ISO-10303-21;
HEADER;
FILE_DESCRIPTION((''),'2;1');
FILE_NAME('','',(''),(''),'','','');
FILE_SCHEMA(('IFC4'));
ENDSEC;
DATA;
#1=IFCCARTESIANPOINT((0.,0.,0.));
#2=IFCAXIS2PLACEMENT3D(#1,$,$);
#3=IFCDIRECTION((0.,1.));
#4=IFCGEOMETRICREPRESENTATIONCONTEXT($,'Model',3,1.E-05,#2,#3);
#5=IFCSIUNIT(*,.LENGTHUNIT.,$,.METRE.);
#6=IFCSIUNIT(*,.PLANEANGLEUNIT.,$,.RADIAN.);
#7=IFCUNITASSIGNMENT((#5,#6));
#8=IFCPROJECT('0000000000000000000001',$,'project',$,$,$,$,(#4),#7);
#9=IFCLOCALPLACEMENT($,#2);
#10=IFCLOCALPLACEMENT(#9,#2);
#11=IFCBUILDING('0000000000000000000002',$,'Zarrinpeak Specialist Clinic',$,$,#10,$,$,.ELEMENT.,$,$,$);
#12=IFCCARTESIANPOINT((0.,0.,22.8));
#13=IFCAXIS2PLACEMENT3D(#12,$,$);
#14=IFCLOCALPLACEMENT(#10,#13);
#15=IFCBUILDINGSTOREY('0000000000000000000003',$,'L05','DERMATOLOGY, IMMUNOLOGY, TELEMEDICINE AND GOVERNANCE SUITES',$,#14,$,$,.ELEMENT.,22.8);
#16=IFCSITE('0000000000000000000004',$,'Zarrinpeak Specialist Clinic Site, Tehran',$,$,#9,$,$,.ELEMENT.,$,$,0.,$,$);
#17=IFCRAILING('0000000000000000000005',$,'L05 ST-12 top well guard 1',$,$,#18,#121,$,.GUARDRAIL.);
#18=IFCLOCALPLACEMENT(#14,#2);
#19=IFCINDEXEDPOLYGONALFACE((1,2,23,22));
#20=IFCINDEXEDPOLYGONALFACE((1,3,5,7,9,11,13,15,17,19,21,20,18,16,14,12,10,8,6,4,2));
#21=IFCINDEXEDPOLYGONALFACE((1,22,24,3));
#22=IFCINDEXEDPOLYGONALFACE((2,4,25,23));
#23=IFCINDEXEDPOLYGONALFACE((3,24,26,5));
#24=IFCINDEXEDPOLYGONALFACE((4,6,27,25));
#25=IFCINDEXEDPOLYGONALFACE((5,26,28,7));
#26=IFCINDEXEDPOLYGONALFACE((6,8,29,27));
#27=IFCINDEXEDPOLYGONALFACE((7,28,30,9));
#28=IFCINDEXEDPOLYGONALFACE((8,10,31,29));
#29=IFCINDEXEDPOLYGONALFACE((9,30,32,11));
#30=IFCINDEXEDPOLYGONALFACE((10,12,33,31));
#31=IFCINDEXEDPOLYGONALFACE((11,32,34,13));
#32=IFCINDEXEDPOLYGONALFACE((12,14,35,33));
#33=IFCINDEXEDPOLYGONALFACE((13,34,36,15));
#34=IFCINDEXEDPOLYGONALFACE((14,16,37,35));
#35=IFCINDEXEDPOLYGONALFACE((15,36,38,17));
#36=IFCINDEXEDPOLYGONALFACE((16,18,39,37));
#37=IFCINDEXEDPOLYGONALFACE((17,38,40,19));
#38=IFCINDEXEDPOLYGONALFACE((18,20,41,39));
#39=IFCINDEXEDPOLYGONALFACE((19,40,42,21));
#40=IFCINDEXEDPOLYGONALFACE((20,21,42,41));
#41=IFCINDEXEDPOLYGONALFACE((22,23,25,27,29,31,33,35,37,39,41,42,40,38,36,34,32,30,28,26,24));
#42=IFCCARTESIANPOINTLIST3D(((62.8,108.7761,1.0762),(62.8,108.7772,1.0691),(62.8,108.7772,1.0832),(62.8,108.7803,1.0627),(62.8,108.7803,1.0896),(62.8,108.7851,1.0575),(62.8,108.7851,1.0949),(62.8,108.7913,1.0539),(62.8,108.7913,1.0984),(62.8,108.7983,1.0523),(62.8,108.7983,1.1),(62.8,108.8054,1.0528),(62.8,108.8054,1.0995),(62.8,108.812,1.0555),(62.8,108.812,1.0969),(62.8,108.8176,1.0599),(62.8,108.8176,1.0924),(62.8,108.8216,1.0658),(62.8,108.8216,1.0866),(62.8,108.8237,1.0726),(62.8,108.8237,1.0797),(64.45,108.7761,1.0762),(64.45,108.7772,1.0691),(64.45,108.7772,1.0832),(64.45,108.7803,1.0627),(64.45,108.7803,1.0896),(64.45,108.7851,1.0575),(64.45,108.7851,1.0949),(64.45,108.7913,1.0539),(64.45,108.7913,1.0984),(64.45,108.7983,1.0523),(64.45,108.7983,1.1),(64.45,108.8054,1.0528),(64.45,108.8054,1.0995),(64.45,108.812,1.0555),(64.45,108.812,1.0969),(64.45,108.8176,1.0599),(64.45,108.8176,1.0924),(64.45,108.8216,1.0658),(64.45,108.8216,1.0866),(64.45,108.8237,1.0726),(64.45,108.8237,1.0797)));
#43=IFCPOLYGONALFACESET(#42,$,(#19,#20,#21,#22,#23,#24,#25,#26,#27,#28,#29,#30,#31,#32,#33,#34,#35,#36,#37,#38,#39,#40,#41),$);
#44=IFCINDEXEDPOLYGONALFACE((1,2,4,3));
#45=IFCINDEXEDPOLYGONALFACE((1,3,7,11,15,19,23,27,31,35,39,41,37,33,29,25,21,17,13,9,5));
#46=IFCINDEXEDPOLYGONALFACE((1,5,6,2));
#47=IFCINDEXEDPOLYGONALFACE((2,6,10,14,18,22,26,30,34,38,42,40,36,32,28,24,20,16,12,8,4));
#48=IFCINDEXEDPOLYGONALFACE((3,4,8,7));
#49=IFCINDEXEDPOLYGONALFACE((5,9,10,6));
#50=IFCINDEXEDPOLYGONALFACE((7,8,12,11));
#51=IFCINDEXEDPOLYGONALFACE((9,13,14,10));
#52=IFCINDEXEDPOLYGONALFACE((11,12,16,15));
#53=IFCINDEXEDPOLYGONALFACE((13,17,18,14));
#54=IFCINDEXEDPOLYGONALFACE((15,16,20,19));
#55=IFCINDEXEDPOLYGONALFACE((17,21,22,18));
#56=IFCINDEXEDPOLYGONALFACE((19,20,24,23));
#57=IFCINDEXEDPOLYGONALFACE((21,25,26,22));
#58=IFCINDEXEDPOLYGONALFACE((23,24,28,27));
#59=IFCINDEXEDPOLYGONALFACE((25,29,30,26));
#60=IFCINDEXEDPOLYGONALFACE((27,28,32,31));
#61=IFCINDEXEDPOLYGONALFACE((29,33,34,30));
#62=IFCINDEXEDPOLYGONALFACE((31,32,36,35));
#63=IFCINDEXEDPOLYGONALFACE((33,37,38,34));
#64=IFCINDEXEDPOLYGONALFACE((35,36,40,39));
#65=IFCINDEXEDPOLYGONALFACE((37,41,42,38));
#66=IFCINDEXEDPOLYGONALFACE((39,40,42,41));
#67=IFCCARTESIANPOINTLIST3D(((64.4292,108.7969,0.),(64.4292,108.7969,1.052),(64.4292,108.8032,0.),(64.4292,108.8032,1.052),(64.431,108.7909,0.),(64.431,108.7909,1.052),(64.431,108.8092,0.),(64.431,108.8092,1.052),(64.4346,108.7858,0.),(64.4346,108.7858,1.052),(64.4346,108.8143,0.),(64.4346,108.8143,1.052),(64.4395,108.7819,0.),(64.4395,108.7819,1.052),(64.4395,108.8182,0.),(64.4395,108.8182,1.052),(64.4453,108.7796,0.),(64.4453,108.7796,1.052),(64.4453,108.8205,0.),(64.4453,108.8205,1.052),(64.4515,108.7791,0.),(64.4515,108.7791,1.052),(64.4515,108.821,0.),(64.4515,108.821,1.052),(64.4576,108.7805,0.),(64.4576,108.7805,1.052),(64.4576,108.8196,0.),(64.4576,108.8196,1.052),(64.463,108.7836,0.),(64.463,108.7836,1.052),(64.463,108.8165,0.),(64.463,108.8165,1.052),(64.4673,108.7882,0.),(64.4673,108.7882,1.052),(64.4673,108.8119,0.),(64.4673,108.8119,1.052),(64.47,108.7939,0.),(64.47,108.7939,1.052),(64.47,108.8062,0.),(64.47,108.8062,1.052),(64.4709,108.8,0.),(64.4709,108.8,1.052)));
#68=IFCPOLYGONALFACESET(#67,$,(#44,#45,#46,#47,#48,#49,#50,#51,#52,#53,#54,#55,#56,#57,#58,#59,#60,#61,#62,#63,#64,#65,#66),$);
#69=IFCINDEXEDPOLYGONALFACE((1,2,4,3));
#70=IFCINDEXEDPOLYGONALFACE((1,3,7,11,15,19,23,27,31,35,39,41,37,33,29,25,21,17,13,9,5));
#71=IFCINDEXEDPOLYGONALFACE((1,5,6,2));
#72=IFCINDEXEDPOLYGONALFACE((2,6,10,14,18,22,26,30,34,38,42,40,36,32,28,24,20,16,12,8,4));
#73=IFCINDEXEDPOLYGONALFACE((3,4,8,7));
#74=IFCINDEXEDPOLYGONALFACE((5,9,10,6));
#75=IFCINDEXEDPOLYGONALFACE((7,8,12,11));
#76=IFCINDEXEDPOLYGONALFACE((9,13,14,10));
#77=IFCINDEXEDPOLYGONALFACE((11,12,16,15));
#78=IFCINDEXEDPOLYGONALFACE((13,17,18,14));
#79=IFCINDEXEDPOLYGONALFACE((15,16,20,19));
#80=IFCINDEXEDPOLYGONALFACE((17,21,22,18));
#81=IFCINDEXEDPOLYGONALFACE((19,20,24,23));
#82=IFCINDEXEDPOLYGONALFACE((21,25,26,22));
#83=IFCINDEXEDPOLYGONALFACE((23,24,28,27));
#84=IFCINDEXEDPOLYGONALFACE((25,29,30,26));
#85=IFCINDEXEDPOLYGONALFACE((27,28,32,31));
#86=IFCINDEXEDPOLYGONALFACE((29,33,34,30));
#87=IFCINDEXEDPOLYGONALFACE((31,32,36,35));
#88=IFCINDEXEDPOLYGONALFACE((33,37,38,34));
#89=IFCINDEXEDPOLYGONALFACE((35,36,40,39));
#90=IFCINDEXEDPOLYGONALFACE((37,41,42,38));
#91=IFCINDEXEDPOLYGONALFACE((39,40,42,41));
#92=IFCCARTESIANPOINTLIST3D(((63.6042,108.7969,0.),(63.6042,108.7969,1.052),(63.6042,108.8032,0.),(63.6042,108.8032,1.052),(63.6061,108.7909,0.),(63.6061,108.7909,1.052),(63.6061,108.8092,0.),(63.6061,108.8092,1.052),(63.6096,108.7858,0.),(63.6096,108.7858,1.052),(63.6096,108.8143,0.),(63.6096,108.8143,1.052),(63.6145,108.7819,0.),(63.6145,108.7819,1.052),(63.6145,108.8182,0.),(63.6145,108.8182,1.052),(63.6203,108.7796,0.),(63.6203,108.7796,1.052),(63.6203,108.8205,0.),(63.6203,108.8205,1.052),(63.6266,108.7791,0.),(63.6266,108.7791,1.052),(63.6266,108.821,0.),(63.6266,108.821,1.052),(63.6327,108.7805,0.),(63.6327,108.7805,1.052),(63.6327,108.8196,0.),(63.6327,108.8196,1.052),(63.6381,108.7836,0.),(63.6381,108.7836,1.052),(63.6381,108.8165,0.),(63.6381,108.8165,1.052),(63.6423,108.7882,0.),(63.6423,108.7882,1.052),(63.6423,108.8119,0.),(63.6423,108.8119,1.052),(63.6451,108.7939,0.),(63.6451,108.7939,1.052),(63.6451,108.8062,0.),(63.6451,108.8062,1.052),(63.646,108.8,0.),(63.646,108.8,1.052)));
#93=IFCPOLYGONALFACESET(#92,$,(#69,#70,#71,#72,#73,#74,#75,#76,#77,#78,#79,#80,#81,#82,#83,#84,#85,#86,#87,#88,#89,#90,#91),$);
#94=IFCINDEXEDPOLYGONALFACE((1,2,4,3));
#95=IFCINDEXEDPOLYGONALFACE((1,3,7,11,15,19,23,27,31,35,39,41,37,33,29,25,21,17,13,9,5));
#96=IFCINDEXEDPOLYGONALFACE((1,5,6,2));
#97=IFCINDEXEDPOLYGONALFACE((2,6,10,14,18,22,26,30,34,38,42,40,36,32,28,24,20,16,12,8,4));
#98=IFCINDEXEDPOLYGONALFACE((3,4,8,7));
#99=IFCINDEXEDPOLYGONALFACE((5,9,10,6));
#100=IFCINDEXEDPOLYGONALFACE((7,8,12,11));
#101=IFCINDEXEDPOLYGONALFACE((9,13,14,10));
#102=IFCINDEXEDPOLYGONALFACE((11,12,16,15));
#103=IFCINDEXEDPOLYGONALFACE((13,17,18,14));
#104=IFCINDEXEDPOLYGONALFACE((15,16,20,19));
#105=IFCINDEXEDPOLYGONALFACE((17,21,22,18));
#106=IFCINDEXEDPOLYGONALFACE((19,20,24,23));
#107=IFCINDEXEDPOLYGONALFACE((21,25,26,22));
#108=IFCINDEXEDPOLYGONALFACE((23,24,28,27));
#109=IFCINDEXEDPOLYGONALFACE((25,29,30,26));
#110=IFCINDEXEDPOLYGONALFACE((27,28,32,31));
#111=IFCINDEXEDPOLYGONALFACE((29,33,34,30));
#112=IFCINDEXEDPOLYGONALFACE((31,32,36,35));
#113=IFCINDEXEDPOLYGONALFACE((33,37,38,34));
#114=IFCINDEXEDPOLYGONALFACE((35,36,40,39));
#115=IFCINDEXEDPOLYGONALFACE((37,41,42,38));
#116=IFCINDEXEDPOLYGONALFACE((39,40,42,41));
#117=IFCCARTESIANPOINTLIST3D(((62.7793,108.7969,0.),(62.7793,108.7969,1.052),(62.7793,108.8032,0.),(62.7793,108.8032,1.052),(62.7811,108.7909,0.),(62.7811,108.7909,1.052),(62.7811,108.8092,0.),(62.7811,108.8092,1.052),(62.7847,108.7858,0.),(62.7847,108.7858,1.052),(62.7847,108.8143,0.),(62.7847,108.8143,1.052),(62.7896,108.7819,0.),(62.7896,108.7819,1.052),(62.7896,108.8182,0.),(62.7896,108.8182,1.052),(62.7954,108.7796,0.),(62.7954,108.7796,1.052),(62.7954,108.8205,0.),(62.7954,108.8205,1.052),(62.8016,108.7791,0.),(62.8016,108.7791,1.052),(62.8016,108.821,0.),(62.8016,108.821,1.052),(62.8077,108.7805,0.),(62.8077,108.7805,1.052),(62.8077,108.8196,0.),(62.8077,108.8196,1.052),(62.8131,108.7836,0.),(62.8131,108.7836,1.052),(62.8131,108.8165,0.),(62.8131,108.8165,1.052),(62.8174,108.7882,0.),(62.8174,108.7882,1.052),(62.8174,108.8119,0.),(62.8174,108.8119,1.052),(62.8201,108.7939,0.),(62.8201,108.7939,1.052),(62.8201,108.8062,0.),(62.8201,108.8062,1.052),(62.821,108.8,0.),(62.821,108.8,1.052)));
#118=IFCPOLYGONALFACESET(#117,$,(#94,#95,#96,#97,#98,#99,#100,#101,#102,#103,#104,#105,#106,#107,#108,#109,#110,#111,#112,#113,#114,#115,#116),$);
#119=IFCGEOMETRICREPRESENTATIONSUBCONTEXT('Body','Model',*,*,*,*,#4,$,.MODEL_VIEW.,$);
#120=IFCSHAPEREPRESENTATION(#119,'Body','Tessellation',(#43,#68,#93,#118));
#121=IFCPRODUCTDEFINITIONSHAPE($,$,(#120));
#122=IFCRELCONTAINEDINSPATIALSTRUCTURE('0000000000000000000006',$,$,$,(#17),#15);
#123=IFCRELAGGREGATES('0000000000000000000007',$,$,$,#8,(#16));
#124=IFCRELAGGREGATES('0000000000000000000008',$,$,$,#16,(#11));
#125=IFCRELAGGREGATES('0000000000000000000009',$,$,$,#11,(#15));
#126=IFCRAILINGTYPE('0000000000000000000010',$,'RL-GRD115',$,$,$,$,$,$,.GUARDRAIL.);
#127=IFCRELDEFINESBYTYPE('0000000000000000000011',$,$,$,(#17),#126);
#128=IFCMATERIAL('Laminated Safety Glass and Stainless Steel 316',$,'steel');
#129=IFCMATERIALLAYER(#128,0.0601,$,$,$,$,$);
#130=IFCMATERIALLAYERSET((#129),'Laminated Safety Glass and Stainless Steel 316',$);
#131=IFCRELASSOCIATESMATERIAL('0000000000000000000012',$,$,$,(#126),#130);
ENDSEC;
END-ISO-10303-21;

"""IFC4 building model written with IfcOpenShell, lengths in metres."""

from ifc_helpers import new_model, si_unit, direction, frame, origin, origin_2d, place, context, subcontext, project, spatial, circle, extrude, material, layer, layer_set, type_object, element, save


model = new_model("IFC4")

# Units and contexts
model_context = context("Model", 3, precision=1e-05, world=origin(), true_north=direction((0.0, 1.0)))
body_context = subcontext(model_context, "Body", "Model", "MODEL_VIEW")
ifc_project = project(units=[si_unit("LENGTHUNIT", "METRE"), si_unit("PLANEANGLEUNIT", "RADIAN")], contexts=[model_context])

# Site, building, storey
site_placement = place(None, origin())
site = spatial("IfcSite", under=ifc_project, at=site_placement, Name="Zarrinpeak Specialist Clinic Site, Tehran", CompositionType="ELEMENT", RefElevation=0.0)
building_placement = place(site_placement, origin())
building = spatial("IfcBuilding", under=site, at=building_placement, Name="Zarrinpeak Specialist Clinic", CompositionType="ELEMENT")
storey_placement = place(building_placement, frame((0.0, 0.0, 22.8)))
storey = spatial("IfcBuildingStorey", under=building, at=storey_placement, Name="L05", Description="DERMATOLOGY, IMMUNOLOGY, TELEMEDICINE AND GOVERNANCE SUITES", CompositionType="ELEMENT", Elevation=22.8)

# Railing
ifc_material_1 = material(Name="Laminated Safety Glass and Stainless Steel 316", Category="steel")
ifc_layer_1 = layer(ifc_material_1, 0.0601)
ifc_layer_set_1 = layer_set([ifc_layer_1], Name="Laminated Safety Glass and Stainless Steel 316")
railing_type = type_object("IfcRailingType", Name="RL-GRD115", PredefinedType="GUARDRAIL", material=ifc_layer_set_1)
railing_placement = place(storey_placement, frame((64.45, 108.8, 0.0)))
element("IfcRailing", 1, at=railing_placement, inside=storey, type_object=railing_type, Name="L05 ST-12 top well guard 1", PredefinedType="GUARDRAIL", context=body_context, shape_type="SweptSolid", body=[
    extrude(circle(Radius=0.0239, at=origin_2d()), frame((0.0, 0.0, 1.0762), z_axis=(-1.0, 0.0, 0.0), x_axis=(0.0, -1.0, 0.0)), (0.0, 0.0, 1.0), 1.6499),
    extrude(circle(Radius=0.021, at=origin_2d()), origin(), (0.0, 0.0, 1.0), 1.052),
    extrude(circle(Radius=0.021, at=origin_2d()), frame((-0.825, 0.0, 0.0)), (0.0, 0.0, 1.0), 1.052),
    extrude(circle(Radius=0.021, at=origin_2d()), frame((-1.6499, 0.0, 0.0)), (0.0, 0.0, 1.0), 1.052),
])

save(model, "model.ifc")
